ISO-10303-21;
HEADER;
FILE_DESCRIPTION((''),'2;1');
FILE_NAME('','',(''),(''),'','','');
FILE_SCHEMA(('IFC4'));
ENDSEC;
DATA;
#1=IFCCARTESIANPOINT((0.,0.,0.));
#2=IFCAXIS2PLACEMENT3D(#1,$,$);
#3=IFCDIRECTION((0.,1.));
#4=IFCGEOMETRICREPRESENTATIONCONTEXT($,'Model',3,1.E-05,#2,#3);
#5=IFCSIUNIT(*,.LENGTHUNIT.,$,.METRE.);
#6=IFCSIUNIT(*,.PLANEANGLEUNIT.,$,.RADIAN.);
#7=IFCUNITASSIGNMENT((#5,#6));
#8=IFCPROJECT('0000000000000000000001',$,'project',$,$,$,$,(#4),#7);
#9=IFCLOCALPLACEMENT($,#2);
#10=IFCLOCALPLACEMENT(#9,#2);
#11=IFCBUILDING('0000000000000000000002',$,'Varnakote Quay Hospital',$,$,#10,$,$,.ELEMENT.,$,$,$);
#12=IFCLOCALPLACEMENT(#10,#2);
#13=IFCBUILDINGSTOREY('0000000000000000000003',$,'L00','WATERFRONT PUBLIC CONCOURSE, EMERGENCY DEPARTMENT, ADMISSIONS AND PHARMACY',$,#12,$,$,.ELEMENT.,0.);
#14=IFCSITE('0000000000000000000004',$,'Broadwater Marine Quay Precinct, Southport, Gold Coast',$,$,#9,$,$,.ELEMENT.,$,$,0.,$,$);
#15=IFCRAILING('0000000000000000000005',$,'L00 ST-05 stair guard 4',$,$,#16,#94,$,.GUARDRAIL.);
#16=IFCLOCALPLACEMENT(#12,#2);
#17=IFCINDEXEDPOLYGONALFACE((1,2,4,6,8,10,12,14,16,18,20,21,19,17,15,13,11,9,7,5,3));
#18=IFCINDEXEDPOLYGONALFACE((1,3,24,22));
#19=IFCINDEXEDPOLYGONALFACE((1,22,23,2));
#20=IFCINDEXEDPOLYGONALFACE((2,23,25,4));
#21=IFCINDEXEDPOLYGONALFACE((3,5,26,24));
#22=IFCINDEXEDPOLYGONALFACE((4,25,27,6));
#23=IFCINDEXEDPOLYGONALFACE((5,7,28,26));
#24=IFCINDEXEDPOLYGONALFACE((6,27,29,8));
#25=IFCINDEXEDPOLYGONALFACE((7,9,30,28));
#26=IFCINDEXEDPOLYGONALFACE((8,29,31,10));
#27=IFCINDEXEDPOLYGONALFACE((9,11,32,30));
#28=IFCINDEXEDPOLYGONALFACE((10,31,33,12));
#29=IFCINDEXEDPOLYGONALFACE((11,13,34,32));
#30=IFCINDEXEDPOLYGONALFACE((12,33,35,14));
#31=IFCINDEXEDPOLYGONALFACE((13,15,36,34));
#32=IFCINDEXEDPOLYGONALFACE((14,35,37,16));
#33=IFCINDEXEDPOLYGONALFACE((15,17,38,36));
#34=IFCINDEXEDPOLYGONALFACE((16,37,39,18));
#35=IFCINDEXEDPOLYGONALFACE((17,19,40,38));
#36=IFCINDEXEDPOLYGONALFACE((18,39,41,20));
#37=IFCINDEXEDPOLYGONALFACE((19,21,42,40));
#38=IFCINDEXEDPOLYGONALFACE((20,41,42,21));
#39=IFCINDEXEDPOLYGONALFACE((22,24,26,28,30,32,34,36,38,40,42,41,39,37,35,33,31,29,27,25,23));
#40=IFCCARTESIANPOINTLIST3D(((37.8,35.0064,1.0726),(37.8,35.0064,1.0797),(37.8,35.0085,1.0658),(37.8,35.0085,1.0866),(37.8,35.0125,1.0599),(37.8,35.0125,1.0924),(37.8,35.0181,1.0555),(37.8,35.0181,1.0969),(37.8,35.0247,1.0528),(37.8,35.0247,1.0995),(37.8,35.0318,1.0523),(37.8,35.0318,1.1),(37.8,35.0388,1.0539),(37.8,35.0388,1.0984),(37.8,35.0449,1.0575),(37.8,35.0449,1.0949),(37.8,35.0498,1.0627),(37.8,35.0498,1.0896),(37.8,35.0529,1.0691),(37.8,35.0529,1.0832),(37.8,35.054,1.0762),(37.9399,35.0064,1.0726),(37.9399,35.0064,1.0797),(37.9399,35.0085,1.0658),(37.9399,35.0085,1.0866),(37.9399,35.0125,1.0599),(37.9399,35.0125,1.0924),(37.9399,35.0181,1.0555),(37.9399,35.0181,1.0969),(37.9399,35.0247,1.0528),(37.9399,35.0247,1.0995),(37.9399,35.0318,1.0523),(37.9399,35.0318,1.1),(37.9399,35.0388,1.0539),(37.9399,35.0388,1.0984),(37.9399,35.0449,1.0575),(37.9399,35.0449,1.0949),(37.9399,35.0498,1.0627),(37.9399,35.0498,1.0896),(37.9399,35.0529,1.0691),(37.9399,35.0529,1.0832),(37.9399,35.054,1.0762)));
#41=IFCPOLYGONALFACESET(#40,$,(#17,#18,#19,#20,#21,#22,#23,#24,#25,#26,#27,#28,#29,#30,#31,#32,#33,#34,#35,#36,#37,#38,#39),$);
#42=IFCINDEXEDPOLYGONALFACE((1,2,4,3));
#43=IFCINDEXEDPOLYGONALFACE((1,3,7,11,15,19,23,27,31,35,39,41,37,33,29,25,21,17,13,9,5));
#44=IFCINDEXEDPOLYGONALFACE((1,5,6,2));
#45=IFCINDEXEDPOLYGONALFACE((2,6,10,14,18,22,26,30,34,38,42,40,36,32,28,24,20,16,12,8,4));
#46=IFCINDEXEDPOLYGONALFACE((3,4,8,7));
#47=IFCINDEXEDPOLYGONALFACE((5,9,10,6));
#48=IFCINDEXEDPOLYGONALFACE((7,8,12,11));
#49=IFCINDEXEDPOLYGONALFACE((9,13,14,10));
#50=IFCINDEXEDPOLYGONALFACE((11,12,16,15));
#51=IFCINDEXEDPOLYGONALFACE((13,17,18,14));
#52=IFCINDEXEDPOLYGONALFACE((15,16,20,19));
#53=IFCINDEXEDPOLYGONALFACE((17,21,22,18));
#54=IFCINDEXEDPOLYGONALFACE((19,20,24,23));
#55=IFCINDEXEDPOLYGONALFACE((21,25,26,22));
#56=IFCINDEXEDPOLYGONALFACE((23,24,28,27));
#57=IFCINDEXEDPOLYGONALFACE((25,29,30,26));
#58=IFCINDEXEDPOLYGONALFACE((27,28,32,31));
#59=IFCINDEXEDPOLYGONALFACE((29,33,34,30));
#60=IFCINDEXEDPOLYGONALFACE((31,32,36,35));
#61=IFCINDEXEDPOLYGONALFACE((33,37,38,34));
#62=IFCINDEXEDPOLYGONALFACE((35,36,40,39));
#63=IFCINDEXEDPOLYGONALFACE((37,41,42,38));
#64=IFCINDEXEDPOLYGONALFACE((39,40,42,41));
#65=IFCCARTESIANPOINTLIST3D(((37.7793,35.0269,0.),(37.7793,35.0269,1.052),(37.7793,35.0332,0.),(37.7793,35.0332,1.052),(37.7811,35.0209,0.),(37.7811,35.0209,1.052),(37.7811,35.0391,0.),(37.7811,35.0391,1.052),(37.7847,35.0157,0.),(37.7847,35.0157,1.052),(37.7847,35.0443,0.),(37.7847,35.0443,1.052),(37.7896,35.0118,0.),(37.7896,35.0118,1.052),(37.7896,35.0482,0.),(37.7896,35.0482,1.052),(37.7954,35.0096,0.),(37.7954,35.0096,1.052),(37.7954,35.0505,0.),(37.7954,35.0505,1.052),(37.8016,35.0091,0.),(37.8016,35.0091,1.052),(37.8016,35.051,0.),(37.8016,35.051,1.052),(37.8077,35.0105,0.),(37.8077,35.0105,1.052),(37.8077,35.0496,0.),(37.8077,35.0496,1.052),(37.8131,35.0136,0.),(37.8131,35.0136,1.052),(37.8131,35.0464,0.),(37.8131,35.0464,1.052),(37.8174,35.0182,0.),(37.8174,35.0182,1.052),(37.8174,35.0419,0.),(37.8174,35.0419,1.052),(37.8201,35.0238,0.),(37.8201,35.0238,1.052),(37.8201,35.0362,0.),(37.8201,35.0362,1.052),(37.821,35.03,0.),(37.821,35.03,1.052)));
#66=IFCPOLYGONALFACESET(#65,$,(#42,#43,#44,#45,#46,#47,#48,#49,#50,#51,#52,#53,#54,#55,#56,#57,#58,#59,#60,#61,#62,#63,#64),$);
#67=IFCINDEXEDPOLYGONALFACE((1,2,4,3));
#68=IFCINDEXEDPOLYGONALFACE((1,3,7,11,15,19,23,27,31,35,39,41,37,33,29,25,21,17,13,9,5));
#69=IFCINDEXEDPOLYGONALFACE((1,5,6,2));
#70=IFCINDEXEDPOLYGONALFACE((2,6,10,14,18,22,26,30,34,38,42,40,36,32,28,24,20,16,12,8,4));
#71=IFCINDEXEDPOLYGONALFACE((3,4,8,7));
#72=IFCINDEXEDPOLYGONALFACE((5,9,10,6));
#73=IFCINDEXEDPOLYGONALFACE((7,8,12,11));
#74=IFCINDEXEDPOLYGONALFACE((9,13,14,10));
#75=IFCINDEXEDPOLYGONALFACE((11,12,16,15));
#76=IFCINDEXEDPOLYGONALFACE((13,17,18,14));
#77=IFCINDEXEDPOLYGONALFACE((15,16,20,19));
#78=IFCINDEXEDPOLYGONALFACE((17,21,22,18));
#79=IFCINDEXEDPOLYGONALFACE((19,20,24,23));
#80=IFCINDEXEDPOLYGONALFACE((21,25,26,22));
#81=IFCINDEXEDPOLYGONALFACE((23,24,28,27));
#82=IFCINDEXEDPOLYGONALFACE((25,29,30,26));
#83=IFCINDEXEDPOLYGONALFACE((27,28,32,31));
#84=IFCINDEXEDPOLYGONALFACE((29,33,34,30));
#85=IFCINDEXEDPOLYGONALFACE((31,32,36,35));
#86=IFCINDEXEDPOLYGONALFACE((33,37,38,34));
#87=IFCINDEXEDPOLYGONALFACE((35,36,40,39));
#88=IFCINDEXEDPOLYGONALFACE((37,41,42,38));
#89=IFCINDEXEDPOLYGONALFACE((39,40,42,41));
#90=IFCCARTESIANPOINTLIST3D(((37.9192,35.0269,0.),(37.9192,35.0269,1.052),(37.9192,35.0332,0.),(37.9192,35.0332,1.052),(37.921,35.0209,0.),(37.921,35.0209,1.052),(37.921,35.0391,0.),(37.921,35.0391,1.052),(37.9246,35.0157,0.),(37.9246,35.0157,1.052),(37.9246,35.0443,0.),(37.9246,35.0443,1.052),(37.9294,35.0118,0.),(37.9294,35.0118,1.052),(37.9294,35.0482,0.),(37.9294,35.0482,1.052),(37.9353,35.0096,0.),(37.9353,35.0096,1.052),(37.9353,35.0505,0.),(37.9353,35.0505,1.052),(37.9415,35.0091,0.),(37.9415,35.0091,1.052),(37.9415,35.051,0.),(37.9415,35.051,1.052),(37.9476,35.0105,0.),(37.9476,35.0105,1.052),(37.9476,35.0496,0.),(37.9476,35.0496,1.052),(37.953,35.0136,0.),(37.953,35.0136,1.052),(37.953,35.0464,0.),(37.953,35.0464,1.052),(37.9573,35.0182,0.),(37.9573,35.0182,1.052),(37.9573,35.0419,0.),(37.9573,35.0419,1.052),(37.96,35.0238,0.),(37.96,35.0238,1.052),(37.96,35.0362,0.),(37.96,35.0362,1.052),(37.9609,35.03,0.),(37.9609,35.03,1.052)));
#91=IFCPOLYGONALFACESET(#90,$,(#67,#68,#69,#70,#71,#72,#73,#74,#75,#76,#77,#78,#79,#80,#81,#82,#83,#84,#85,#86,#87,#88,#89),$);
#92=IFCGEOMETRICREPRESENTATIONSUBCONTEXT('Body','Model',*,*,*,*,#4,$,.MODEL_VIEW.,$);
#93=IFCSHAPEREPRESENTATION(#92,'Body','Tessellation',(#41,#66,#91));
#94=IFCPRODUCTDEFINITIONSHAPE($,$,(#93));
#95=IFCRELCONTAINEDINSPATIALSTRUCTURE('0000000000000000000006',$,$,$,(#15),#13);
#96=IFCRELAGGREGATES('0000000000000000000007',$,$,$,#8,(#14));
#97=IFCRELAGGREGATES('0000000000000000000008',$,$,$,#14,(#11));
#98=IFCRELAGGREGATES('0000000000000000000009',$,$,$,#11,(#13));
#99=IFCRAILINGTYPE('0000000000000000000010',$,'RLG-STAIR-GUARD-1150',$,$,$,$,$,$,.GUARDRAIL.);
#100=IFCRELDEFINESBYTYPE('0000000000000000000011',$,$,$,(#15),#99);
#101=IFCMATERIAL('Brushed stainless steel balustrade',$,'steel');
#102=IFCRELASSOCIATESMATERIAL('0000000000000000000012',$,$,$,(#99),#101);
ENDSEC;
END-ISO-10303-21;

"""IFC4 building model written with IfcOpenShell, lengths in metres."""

from ifc_helpers import new_model, si_unit, direction, frame, origin, origin_2d, place, context, subcontext, project, spatial, circle, extrude, material, type_object, element, save


model = new_model("IFC4")

# Units and contexts
model_context = context("Model", 3, precision=1e-05, world=origin(), true_north=direction((0.0, 1.0)))
body_context = subcontext(model_context, "Body", "Model", "MODEL_VIEW")
ifc_project = project(units=[si_unit("LENGTHUNIT", "METRE"), si_unit("PLANEANGLEUNIT", "RADIAN")], contexts=[model_context])

# Site, building, storey
site_placement = place(None, origin())
site = spatial("IfcSite", under=ifc_project, at=site_placement, Name="Broadwater Marine Quay Precinct, Southport, Gold Coast", CompositionType="ELEMENT", RefElevation=0.0)
building_placement = place(site_placement, origin())
building = spatial("IfcBuilding", under=site, at=building_placement, Name="Varnakote Quay Hospital", CompositionType="ELEMENT")
storey_placement = place(building_placement, origin())
storey = spatial("IfcBuildingStorey", under=building, at=storey_placement, Name="L00", Description="WATERFRONT PUBLIC CONCOURSE, EMERGENCY DEPARTMENT, ADMISSIONS AND PHARMACY", CompositionType="ELEMENT", Elevation=0.0)

# Railing
ifc_material_1 = material(Name="Brushed stainless steel balustrade", Category="steel")
railing_type_1 = type_object("IfcRailingType", Name="RLG-STAIR-GUARD-1150", PredefinedType="GUARDRAIL", material=ifc_material_1)
railing_1_placement = place(storey_placement, frame((37.8, 35.03, 0.0)))
element("IfcRailing", 1, at=railing_1_placement, inside=storey, type_object=railing_type_1, Name="L00 ST-05 stair guard 4", PredefinedType="GUARDRAIL", context=body_context, shape_type="SweptSolid", body=[
    extrude(circle(Radius=0.0239, at=origin_2d()), frame((0.0, 0.0, 1.0762), z_axis=(1.0, 0.0, 0.0), x_axis=(0.0, 1.0, 0.0)), (0.0, 0.0, 1.0), 0.1399),
    extrude(circle(Radius=0.021, at=origin_2d()), origin(), (0.0, 0.0, 1.0), 1.052),
    extrude(circle(Radius=0.021, at=origin_2d()), frame((0.1399, 0.0, 0.0)), (0.0, 0.0, 1.0), 1.052),
])

save(model, "model.ifc")
